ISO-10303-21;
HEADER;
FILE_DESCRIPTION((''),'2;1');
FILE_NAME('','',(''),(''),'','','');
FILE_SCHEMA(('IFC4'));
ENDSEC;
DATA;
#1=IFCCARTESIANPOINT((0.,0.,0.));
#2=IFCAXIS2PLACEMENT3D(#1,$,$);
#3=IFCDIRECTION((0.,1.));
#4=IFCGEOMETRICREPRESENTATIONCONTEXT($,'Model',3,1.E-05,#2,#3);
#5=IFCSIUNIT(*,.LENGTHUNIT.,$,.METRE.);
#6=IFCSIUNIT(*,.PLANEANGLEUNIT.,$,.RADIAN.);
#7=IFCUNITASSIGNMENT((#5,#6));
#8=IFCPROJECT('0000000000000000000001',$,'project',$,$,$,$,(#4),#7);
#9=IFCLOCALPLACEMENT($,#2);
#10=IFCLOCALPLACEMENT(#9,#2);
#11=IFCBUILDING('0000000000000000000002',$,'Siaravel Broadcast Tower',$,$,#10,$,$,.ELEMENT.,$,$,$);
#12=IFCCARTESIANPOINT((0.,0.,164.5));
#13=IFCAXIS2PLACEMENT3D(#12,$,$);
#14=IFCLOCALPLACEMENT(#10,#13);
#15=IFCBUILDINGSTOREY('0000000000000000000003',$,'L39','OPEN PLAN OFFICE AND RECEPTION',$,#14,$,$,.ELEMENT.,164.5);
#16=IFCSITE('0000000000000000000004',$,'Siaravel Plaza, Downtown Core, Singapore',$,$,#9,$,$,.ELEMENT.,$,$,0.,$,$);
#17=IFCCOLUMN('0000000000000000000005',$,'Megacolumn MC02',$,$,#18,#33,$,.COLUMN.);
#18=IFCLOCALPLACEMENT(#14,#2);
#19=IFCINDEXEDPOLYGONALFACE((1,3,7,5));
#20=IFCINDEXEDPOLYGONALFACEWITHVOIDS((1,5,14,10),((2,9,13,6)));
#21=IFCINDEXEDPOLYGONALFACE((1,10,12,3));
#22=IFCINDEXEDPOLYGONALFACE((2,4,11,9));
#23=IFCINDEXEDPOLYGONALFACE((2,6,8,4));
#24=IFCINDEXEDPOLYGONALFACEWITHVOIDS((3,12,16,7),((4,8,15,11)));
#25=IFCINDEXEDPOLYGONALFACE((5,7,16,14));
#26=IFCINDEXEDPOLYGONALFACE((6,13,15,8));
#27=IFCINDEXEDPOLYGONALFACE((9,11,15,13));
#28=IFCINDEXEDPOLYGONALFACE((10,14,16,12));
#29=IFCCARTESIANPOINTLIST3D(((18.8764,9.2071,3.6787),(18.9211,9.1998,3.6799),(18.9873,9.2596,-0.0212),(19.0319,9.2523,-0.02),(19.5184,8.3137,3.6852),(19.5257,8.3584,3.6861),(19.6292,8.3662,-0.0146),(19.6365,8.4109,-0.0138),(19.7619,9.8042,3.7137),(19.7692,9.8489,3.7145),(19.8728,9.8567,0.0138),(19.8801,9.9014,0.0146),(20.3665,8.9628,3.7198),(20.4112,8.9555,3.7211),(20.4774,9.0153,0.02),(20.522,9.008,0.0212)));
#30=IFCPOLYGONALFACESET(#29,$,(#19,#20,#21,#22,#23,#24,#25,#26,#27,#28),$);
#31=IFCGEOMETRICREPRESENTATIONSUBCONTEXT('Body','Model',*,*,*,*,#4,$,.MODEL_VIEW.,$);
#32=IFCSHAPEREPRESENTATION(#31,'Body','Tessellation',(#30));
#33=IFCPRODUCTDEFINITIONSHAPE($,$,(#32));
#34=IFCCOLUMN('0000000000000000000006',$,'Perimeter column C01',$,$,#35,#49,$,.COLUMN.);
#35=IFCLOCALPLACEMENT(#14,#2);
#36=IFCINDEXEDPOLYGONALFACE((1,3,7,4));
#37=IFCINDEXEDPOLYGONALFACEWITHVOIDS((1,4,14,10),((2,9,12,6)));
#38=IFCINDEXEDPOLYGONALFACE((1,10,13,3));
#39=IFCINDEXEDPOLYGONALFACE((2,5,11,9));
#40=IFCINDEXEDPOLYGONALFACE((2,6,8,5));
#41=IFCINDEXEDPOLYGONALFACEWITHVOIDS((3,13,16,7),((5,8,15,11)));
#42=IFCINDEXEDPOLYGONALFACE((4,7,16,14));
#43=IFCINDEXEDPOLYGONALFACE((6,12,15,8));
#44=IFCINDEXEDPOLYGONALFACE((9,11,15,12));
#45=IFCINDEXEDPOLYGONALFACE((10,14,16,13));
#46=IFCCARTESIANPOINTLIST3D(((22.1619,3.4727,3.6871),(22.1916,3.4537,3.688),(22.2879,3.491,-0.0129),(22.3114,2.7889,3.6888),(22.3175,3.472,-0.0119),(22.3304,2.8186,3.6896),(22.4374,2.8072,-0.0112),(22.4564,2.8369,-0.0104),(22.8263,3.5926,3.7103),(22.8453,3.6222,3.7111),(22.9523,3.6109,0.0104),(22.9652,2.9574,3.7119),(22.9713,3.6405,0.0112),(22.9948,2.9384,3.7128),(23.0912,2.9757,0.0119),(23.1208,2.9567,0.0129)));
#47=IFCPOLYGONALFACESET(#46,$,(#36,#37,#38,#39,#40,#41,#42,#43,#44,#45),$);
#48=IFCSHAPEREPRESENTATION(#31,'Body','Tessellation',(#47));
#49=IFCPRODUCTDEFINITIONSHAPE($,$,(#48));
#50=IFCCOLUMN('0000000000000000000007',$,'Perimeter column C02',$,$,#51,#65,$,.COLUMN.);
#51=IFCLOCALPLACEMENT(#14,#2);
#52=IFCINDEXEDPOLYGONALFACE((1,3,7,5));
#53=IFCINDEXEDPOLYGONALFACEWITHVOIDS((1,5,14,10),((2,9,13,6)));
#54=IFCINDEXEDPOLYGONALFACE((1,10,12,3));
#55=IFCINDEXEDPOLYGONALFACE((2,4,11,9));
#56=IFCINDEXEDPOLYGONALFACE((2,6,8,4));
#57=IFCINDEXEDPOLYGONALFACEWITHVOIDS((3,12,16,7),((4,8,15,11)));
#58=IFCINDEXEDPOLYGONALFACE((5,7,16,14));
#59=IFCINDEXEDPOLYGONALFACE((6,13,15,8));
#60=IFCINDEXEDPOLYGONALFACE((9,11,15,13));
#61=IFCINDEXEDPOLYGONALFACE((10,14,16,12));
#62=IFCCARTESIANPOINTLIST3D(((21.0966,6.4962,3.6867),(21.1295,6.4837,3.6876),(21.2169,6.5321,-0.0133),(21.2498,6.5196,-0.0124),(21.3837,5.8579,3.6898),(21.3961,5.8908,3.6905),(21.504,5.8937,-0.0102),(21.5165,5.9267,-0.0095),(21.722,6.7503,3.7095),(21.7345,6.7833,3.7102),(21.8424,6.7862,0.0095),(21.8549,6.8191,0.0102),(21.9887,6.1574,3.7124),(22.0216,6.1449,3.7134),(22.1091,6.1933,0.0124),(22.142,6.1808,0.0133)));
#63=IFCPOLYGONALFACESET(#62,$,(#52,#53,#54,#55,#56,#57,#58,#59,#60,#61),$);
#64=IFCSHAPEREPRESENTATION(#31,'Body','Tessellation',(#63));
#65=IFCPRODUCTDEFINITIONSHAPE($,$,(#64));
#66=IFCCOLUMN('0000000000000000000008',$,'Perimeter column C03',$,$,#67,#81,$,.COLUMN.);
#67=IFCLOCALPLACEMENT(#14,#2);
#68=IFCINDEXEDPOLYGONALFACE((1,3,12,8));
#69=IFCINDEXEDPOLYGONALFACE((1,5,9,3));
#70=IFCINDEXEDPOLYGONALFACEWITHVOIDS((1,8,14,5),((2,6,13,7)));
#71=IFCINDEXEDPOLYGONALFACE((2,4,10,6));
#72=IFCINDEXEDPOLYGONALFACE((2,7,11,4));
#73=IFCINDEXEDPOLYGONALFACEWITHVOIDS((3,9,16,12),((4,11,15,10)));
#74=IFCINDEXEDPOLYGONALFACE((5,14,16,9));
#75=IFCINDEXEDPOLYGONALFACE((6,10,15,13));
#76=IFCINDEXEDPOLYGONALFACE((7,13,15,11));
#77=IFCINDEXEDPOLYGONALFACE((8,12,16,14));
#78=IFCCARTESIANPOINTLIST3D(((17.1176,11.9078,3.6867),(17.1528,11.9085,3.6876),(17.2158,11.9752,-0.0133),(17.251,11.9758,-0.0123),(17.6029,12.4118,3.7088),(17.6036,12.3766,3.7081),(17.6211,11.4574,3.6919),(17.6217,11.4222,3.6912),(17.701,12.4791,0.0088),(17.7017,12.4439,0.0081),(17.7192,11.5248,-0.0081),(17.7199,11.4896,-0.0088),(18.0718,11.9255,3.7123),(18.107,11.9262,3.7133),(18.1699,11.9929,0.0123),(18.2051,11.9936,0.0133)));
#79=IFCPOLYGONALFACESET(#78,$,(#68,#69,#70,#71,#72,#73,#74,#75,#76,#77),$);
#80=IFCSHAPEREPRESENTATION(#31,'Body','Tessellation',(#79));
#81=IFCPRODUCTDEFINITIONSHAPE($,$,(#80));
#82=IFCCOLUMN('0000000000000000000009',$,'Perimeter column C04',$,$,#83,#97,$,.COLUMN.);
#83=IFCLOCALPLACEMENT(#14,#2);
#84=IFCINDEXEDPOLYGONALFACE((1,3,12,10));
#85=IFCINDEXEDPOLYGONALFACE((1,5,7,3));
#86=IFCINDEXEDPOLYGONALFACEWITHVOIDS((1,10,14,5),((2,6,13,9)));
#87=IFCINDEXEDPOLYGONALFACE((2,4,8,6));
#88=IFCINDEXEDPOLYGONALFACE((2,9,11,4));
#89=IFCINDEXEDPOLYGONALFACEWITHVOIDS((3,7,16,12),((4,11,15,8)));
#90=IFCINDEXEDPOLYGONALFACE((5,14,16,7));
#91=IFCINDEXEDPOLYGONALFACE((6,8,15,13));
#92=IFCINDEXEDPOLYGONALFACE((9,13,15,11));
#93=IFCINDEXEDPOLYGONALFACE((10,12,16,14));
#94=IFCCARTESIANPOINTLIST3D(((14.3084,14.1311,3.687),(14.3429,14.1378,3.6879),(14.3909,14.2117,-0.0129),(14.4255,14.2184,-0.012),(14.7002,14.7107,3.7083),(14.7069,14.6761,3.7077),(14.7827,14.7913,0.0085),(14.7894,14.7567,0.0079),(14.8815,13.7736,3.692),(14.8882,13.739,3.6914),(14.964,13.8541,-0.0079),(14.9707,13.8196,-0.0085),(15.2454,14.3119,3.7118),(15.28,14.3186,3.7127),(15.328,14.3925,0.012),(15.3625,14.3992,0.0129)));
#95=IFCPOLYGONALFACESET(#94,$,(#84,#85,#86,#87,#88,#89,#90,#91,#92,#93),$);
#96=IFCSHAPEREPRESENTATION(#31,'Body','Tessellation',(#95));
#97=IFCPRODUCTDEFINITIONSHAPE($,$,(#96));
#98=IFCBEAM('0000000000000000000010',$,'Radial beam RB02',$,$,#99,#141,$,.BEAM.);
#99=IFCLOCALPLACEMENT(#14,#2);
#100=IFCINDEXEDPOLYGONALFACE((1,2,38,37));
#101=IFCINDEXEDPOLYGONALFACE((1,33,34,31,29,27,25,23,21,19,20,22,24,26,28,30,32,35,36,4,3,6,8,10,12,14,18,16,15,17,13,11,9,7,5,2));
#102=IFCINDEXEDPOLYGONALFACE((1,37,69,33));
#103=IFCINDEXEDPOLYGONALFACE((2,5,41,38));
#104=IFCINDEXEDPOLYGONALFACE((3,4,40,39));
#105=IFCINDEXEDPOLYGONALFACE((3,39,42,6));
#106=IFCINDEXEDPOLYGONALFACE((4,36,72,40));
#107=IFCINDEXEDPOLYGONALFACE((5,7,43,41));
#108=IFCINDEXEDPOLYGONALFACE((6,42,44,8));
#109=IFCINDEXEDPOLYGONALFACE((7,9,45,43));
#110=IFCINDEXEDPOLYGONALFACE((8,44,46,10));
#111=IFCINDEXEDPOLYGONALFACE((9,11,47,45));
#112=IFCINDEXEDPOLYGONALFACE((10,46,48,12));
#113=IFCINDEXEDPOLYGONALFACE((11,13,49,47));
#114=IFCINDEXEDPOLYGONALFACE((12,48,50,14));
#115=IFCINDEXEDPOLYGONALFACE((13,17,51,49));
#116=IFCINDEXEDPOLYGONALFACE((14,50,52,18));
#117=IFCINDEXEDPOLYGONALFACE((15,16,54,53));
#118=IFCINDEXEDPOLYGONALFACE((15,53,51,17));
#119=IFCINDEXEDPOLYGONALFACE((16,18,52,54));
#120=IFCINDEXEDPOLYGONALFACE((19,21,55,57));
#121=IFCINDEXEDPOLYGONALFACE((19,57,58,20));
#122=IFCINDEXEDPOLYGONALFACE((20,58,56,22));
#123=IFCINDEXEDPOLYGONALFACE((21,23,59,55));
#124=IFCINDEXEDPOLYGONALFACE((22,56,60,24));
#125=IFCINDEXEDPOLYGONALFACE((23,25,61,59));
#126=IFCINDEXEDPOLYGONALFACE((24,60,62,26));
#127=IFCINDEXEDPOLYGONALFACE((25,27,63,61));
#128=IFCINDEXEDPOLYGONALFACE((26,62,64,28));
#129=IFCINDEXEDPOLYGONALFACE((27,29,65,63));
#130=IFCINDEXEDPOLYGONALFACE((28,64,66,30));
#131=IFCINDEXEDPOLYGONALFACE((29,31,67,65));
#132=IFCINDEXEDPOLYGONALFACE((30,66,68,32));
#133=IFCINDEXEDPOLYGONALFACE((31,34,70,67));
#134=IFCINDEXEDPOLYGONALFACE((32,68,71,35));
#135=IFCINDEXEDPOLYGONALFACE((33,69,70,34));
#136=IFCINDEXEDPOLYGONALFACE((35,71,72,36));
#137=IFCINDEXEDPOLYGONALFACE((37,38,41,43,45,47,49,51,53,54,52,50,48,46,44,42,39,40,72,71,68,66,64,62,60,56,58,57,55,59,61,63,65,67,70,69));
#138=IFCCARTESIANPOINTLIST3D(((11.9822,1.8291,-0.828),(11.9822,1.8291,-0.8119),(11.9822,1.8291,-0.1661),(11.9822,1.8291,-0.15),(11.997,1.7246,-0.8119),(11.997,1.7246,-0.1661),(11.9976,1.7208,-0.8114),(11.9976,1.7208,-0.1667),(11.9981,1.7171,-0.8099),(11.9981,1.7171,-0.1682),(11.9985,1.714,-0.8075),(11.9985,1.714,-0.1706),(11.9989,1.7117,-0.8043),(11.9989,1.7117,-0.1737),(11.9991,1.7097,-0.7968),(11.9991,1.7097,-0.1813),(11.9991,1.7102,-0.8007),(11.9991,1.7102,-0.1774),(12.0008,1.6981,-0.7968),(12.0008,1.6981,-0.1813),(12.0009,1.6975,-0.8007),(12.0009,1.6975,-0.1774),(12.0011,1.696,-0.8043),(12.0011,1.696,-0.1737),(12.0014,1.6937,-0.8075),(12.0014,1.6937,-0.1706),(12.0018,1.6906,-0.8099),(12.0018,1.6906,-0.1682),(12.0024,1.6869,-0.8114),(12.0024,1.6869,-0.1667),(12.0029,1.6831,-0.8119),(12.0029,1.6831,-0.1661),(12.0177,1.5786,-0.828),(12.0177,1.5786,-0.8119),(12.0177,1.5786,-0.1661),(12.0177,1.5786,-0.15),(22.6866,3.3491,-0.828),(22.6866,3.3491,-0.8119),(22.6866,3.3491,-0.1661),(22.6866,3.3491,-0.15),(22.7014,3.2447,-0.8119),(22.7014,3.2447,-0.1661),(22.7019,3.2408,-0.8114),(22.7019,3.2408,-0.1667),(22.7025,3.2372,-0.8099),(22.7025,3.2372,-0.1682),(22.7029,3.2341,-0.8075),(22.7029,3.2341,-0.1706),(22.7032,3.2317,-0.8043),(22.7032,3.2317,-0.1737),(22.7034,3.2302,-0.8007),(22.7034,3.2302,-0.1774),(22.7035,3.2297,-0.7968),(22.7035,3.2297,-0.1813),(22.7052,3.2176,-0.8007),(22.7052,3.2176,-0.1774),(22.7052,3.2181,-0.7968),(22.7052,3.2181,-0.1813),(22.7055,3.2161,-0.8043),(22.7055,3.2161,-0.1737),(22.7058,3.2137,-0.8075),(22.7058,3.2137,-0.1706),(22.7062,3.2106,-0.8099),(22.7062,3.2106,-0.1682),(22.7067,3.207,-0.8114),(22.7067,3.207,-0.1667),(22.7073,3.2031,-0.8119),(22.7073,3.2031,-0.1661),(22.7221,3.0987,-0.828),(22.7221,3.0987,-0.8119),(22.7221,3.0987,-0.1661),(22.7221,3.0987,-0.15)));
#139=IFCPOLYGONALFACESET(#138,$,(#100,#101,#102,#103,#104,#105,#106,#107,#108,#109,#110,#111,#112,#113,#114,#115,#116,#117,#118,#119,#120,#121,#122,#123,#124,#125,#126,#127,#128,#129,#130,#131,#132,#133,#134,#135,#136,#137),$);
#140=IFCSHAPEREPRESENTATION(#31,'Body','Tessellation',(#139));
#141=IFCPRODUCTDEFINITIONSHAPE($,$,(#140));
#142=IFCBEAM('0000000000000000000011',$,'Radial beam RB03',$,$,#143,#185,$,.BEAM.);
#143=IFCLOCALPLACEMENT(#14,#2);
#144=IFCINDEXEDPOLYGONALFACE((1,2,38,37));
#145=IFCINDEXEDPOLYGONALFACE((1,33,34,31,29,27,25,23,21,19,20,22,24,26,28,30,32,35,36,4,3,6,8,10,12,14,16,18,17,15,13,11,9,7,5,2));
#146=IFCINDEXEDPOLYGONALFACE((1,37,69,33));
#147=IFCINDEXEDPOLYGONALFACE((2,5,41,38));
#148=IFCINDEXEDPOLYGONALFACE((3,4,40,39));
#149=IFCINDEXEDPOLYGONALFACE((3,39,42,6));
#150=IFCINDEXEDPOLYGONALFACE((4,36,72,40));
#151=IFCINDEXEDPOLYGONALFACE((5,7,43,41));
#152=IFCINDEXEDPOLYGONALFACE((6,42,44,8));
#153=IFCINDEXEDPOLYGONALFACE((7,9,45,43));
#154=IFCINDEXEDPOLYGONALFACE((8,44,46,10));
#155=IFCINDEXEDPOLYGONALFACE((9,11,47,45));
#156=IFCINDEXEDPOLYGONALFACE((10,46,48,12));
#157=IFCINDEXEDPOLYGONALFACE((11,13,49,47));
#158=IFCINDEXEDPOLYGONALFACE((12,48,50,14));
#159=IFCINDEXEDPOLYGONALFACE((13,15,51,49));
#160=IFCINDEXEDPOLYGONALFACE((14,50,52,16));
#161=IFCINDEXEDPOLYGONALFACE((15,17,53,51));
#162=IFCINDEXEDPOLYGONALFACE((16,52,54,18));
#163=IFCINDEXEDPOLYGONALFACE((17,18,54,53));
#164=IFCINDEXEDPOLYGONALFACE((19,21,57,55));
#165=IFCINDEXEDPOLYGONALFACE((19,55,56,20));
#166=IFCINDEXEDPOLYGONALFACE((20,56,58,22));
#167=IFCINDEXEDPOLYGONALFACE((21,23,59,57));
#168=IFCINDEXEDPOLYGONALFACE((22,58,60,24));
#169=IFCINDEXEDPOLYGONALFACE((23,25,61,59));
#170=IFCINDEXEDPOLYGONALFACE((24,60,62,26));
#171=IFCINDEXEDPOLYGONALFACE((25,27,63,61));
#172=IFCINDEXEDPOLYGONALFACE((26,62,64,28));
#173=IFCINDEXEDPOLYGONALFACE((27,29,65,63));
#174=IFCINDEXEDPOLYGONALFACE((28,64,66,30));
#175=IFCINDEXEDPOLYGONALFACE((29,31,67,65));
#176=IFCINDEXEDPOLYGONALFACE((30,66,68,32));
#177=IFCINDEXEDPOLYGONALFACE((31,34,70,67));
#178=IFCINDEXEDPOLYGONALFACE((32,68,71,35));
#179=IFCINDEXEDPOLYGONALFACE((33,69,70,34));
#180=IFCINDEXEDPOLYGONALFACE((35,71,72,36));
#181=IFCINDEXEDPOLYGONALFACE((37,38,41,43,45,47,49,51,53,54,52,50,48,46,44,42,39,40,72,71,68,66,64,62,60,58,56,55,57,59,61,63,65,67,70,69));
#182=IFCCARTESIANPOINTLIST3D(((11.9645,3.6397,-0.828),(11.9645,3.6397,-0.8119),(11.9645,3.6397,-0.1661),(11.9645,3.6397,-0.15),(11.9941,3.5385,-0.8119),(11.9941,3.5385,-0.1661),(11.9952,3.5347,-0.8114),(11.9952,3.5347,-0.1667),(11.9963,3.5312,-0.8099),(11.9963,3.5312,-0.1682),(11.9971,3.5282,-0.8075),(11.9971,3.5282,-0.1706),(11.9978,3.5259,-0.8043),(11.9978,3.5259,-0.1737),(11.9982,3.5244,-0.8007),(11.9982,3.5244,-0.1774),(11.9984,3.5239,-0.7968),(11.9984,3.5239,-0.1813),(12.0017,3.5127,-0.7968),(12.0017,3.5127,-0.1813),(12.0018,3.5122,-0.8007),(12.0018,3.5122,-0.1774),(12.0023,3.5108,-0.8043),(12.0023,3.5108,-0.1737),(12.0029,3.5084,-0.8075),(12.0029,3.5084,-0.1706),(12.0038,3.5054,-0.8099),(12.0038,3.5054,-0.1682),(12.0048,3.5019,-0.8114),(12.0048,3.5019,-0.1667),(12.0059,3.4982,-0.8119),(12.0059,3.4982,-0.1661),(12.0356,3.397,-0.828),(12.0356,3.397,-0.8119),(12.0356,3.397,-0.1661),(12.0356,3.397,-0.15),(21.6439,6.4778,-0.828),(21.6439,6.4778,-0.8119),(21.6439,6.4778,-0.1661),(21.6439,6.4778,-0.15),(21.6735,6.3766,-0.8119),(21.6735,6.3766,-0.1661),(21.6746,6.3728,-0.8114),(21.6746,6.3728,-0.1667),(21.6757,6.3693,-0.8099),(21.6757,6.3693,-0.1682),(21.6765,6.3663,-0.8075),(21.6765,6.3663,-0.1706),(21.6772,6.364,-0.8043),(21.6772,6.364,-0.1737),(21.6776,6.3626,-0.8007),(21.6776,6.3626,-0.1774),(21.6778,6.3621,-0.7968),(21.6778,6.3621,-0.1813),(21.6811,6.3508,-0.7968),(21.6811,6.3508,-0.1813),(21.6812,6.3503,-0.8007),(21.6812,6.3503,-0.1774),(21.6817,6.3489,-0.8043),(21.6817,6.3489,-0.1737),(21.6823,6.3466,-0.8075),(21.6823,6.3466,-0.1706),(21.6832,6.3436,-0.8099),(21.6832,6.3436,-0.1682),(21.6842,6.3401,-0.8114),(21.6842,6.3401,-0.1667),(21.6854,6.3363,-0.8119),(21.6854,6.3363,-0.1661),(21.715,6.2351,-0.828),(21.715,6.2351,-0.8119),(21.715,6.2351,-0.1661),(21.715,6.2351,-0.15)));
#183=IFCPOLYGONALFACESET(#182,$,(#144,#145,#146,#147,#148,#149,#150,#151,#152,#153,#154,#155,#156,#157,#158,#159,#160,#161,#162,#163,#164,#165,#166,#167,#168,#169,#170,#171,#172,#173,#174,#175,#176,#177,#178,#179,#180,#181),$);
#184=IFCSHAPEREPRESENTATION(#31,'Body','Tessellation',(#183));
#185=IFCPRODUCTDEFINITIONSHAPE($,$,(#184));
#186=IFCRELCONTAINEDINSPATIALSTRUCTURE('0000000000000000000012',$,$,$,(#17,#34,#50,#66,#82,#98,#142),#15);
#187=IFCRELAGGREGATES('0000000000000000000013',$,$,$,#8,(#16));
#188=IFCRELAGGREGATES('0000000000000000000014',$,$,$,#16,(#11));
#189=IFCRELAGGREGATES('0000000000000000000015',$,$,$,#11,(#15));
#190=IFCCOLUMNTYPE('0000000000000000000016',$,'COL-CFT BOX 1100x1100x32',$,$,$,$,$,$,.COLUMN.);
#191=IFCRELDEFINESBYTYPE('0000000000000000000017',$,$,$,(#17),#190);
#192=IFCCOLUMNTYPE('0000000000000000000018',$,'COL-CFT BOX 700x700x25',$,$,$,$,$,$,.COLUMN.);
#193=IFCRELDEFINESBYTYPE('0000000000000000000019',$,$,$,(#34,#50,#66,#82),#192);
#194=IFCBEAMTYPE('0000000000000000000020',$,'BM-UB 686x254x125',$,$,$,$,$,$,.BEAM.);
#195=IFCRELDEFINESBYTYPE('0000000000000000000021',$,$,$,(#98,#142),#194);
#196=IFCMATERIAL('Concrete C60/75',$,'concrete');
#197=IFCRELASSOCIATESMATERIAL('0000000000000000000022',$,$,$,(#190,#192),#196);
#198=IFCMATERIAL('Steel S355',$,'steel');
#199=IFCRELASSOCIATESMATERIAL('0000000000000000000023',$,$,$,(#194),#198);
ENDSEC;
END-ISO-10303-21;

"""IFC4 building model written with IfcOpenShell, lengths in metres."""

from ifc_helpers import new_model, si_unit, direction, frame, origin, origin_2d, place, context, subcontext, project, spatial, hollow_rectangle, i_section, extrude, material, material_profile, profile_set, type_object, element, save


model = new_model("IFC4")

# Units and contexts
model_context = context("Model", 3, precision=1e-05, world=origin(), true_north=direction((0.0, 1.0)))
body_context = subcontext(model_context, "Body", "Model", "MODEL_VIEW")
ifc_project = project(units=[si_unit("LENGTHUNIT", "METRE"), si_unit("PLANEANGLEUNIT", "RADIAN")], contexts=[model_context])

# Site, building, storey
site_placement = place(None, origin())
site = spatial("IfcSite", under=ifc_project, at=site_placement, Name="Siaravel Plaza, Downtown Core, Singapore", CompositionType="ELEMENT", RefElevation=0.0)
building_placement = place(site_placement, origin())
building = spatial("IfcBuilding", under=site, at=building_placement, Name="Siaravel Broadcast Tower", CompositionType="ELEMENT")
storey_placement = place(building_placement, frame((0.0, 0.0, 164.5)))
storey = spatial("IfcBuildingStorey", under=building, at=storey_placement, Name="L39", Description="OPEN PLAN OFFICE AND RECEPTION", CompositionType="ELEMENT", Elevation=164.5)

# Columns
ifc_material_1 = material(Name="Concrete C60/75", Category="concrete")
ifc_material_profile_1 = material_profile(ifc_material_1, hollow_rectangle(XDim=1.1001, YDim=1.1001, WallThickness=0.032, at=origin_2d()))
ifc_profile_set_1 = profile_set([ifc_material_profile_1], Name="Concrete C60/75")
column_type_1 = type_object("IfcColumnType", Name="COL-CFT BOX 1100x1100x32", PredefinedType="COLUMN", material=ifc_profile_set_1)
column_1_placement = place(storey_placement, frame((19.7546, 9.1338, 0.0), z_axis=(-0.029941, -0.014179, 0.999451), x_axis=(0.583519, -0.812077, 0.00596)))
element("IfcColumn", 1, at=column_1_placement, inside=storey, type_object=column_type_1, Name="Megacolumn MC02", PredefinedType="COLUMN", context=body_context, shape_type="SweptSolid", body=[
    extrude(hollow_rectangle(XDim=1.1001, YDim=1.1001, WallThickness=0.032, at=origin_2d()), origin(), (0.0, 0.0, 1.0), 3.7019),
])
ifc_material_profile_2 = material_profile(ifc_material_1, hollow_rectangle(XDim=0.7, YDim=0.7, WallThickness=0.0249, at=origin_2d()))
ifc_profile_set_2 = profile_set([ifc_material_profile_2], Name="Concrete C60/75")
column_type_2 = type_object("IfcColumnType", Name="COL-CFT BOX 700x700x25", PredefinedType="COLUMN", material=ifc_profile_set_2)
for number, where, z_axis, x_axis, name in (
    (2, (22.7043, 3.2239, 0.0), (-0.034028, -0.004946, 0.999409), (0.213619, -0.976914, 0.002439), "Perimeter column C01"),
    (3, (21.6794, 6.3564, 0.0), (-0.032512, -0.009694, 0.999424), (0.410172, -0.911997, 0.004497), "Perimeter column C02"),
):
    element("IfcColumn", number, at=place(storey_placement, frame(where, z_axis=z_axis, x_axis=x_axis)), inside=storey, type_object=column_type_2, Name=name, PredefinedType="COLUMN", context=body_context, shape_type="SweptSolid", body=[
        extrude(hollow_rectangle(XDim=0.7, YDim=0.7, WallThickness=0.0249, at=origin_2d()), origin(), (0.0, 0.0, 1.0), 3.7021),
    ])
column_2_placement = place(storey_placement, frame((17.7104, 11.9844, 0.0), z_axis=(-0.026512, -0.018202, 0.999483), x_axis=(0.72019, -0.693747, 0.006469)))
element("IfcColumn", 4, at=column_2_placement, inside=storey, type_object=column_type_2, Name="Perimeter column C03", PredefinedType="COLUMN", context=body_context, shape_type="SweptSolid", body=[
    extrude(hollow_rectangle(XDim=0.7, YDim=0.7, WallThickness=0.0249, at=origin_2d()), origin(), (0.0, 0.0, 1.0), 3.7019),
])
column_3_placement = place(storey_placement, frame((14.8767, 14.3054, 0.0), z_axis=(-0.022292, -0.021764, 0.999515), x_axis=(0.828322, -0.560218, 0.006275)))
element("IfcColumn", 5, at=column_3_placement, inside=storey, type_object=column_type_2, Name="Perimeter column C04", PredefinedType="COLUMN", context=body_context, shape_type="SweptSolid", body=[
    extrude(hollow_rectangle(XDim=0.7, YDim=0.7, WallThickness=0.0249, at=origin_2d()), origin(), (0.0, 0.0, 1.0), 3.7017),
])

# Beams
ifc_material_2 = material(Name="Steel S355", Category="steel")
ifc_material_profile_3 = material_profile(ifc_material_2, i_section(OverallWidth=0.2529, OverallDepth=0.678, WebThickness=0.0117, FlangeThickness=0.0161, FilletRadius=0.0151, at=origin_2d()))
ifc_profile_set_3 = profile_set([ifc_material_profile_3], Name="Steel S355")
beam_type = type_object("IfcBeamType", Name="BM-UB 686x254x125", PredefinedType="BEAM", material=ifc_profile_set_3)
beam_1_placement = place(storey_placement, frame((22.7043, 3.2239, -0.489), z_axis=(-0.990068, -0.14059, 0.0), x_axis=(0.14059, -0.990068, 0.0)))
element("IfcBeam", 6, at=beam_1_placement, inside=storey, type_object=beam_type, Name="Radial beam RB02", PredefinedType="BEAM", context=body_context, shape_type="SweptSolid", body=[
    extrude(i_section(OverallWidth=0.2529, OverallDepth=0.678, WebThickness=0.0117, FlangeThickness=0.0161, FilletRadius=0.0151, at=origin_2d()), origin(), (0.0, 0.0, 1.0), 10.8118),
])
beam_2_placement = place(storey_placement, frame((21.6794, 6.3564, -0.489), z_axis=(-0.9596, -0.281367, 0.0), x_axis=(0.281367, -0.9596, 0.0)))
element("IfcBeam", 7, at=beam_2_placement, inside=storey, type_object=beam_type, Name="Radial beam RB03", PredefinedType="BEAM", context=body_context, shape_type="SweptSolid", body=[
    extrude(i_section(OverallWidth=0.2529, OverallDepth=0.678, WebThickness=0.0117, FlangeThickness=0.0161, FilletRadius=0.0151, at=origin_2d()), origin(), (0.0, 0.0, 1.0), 10.0869),
])

save(model, "model.ifc")
